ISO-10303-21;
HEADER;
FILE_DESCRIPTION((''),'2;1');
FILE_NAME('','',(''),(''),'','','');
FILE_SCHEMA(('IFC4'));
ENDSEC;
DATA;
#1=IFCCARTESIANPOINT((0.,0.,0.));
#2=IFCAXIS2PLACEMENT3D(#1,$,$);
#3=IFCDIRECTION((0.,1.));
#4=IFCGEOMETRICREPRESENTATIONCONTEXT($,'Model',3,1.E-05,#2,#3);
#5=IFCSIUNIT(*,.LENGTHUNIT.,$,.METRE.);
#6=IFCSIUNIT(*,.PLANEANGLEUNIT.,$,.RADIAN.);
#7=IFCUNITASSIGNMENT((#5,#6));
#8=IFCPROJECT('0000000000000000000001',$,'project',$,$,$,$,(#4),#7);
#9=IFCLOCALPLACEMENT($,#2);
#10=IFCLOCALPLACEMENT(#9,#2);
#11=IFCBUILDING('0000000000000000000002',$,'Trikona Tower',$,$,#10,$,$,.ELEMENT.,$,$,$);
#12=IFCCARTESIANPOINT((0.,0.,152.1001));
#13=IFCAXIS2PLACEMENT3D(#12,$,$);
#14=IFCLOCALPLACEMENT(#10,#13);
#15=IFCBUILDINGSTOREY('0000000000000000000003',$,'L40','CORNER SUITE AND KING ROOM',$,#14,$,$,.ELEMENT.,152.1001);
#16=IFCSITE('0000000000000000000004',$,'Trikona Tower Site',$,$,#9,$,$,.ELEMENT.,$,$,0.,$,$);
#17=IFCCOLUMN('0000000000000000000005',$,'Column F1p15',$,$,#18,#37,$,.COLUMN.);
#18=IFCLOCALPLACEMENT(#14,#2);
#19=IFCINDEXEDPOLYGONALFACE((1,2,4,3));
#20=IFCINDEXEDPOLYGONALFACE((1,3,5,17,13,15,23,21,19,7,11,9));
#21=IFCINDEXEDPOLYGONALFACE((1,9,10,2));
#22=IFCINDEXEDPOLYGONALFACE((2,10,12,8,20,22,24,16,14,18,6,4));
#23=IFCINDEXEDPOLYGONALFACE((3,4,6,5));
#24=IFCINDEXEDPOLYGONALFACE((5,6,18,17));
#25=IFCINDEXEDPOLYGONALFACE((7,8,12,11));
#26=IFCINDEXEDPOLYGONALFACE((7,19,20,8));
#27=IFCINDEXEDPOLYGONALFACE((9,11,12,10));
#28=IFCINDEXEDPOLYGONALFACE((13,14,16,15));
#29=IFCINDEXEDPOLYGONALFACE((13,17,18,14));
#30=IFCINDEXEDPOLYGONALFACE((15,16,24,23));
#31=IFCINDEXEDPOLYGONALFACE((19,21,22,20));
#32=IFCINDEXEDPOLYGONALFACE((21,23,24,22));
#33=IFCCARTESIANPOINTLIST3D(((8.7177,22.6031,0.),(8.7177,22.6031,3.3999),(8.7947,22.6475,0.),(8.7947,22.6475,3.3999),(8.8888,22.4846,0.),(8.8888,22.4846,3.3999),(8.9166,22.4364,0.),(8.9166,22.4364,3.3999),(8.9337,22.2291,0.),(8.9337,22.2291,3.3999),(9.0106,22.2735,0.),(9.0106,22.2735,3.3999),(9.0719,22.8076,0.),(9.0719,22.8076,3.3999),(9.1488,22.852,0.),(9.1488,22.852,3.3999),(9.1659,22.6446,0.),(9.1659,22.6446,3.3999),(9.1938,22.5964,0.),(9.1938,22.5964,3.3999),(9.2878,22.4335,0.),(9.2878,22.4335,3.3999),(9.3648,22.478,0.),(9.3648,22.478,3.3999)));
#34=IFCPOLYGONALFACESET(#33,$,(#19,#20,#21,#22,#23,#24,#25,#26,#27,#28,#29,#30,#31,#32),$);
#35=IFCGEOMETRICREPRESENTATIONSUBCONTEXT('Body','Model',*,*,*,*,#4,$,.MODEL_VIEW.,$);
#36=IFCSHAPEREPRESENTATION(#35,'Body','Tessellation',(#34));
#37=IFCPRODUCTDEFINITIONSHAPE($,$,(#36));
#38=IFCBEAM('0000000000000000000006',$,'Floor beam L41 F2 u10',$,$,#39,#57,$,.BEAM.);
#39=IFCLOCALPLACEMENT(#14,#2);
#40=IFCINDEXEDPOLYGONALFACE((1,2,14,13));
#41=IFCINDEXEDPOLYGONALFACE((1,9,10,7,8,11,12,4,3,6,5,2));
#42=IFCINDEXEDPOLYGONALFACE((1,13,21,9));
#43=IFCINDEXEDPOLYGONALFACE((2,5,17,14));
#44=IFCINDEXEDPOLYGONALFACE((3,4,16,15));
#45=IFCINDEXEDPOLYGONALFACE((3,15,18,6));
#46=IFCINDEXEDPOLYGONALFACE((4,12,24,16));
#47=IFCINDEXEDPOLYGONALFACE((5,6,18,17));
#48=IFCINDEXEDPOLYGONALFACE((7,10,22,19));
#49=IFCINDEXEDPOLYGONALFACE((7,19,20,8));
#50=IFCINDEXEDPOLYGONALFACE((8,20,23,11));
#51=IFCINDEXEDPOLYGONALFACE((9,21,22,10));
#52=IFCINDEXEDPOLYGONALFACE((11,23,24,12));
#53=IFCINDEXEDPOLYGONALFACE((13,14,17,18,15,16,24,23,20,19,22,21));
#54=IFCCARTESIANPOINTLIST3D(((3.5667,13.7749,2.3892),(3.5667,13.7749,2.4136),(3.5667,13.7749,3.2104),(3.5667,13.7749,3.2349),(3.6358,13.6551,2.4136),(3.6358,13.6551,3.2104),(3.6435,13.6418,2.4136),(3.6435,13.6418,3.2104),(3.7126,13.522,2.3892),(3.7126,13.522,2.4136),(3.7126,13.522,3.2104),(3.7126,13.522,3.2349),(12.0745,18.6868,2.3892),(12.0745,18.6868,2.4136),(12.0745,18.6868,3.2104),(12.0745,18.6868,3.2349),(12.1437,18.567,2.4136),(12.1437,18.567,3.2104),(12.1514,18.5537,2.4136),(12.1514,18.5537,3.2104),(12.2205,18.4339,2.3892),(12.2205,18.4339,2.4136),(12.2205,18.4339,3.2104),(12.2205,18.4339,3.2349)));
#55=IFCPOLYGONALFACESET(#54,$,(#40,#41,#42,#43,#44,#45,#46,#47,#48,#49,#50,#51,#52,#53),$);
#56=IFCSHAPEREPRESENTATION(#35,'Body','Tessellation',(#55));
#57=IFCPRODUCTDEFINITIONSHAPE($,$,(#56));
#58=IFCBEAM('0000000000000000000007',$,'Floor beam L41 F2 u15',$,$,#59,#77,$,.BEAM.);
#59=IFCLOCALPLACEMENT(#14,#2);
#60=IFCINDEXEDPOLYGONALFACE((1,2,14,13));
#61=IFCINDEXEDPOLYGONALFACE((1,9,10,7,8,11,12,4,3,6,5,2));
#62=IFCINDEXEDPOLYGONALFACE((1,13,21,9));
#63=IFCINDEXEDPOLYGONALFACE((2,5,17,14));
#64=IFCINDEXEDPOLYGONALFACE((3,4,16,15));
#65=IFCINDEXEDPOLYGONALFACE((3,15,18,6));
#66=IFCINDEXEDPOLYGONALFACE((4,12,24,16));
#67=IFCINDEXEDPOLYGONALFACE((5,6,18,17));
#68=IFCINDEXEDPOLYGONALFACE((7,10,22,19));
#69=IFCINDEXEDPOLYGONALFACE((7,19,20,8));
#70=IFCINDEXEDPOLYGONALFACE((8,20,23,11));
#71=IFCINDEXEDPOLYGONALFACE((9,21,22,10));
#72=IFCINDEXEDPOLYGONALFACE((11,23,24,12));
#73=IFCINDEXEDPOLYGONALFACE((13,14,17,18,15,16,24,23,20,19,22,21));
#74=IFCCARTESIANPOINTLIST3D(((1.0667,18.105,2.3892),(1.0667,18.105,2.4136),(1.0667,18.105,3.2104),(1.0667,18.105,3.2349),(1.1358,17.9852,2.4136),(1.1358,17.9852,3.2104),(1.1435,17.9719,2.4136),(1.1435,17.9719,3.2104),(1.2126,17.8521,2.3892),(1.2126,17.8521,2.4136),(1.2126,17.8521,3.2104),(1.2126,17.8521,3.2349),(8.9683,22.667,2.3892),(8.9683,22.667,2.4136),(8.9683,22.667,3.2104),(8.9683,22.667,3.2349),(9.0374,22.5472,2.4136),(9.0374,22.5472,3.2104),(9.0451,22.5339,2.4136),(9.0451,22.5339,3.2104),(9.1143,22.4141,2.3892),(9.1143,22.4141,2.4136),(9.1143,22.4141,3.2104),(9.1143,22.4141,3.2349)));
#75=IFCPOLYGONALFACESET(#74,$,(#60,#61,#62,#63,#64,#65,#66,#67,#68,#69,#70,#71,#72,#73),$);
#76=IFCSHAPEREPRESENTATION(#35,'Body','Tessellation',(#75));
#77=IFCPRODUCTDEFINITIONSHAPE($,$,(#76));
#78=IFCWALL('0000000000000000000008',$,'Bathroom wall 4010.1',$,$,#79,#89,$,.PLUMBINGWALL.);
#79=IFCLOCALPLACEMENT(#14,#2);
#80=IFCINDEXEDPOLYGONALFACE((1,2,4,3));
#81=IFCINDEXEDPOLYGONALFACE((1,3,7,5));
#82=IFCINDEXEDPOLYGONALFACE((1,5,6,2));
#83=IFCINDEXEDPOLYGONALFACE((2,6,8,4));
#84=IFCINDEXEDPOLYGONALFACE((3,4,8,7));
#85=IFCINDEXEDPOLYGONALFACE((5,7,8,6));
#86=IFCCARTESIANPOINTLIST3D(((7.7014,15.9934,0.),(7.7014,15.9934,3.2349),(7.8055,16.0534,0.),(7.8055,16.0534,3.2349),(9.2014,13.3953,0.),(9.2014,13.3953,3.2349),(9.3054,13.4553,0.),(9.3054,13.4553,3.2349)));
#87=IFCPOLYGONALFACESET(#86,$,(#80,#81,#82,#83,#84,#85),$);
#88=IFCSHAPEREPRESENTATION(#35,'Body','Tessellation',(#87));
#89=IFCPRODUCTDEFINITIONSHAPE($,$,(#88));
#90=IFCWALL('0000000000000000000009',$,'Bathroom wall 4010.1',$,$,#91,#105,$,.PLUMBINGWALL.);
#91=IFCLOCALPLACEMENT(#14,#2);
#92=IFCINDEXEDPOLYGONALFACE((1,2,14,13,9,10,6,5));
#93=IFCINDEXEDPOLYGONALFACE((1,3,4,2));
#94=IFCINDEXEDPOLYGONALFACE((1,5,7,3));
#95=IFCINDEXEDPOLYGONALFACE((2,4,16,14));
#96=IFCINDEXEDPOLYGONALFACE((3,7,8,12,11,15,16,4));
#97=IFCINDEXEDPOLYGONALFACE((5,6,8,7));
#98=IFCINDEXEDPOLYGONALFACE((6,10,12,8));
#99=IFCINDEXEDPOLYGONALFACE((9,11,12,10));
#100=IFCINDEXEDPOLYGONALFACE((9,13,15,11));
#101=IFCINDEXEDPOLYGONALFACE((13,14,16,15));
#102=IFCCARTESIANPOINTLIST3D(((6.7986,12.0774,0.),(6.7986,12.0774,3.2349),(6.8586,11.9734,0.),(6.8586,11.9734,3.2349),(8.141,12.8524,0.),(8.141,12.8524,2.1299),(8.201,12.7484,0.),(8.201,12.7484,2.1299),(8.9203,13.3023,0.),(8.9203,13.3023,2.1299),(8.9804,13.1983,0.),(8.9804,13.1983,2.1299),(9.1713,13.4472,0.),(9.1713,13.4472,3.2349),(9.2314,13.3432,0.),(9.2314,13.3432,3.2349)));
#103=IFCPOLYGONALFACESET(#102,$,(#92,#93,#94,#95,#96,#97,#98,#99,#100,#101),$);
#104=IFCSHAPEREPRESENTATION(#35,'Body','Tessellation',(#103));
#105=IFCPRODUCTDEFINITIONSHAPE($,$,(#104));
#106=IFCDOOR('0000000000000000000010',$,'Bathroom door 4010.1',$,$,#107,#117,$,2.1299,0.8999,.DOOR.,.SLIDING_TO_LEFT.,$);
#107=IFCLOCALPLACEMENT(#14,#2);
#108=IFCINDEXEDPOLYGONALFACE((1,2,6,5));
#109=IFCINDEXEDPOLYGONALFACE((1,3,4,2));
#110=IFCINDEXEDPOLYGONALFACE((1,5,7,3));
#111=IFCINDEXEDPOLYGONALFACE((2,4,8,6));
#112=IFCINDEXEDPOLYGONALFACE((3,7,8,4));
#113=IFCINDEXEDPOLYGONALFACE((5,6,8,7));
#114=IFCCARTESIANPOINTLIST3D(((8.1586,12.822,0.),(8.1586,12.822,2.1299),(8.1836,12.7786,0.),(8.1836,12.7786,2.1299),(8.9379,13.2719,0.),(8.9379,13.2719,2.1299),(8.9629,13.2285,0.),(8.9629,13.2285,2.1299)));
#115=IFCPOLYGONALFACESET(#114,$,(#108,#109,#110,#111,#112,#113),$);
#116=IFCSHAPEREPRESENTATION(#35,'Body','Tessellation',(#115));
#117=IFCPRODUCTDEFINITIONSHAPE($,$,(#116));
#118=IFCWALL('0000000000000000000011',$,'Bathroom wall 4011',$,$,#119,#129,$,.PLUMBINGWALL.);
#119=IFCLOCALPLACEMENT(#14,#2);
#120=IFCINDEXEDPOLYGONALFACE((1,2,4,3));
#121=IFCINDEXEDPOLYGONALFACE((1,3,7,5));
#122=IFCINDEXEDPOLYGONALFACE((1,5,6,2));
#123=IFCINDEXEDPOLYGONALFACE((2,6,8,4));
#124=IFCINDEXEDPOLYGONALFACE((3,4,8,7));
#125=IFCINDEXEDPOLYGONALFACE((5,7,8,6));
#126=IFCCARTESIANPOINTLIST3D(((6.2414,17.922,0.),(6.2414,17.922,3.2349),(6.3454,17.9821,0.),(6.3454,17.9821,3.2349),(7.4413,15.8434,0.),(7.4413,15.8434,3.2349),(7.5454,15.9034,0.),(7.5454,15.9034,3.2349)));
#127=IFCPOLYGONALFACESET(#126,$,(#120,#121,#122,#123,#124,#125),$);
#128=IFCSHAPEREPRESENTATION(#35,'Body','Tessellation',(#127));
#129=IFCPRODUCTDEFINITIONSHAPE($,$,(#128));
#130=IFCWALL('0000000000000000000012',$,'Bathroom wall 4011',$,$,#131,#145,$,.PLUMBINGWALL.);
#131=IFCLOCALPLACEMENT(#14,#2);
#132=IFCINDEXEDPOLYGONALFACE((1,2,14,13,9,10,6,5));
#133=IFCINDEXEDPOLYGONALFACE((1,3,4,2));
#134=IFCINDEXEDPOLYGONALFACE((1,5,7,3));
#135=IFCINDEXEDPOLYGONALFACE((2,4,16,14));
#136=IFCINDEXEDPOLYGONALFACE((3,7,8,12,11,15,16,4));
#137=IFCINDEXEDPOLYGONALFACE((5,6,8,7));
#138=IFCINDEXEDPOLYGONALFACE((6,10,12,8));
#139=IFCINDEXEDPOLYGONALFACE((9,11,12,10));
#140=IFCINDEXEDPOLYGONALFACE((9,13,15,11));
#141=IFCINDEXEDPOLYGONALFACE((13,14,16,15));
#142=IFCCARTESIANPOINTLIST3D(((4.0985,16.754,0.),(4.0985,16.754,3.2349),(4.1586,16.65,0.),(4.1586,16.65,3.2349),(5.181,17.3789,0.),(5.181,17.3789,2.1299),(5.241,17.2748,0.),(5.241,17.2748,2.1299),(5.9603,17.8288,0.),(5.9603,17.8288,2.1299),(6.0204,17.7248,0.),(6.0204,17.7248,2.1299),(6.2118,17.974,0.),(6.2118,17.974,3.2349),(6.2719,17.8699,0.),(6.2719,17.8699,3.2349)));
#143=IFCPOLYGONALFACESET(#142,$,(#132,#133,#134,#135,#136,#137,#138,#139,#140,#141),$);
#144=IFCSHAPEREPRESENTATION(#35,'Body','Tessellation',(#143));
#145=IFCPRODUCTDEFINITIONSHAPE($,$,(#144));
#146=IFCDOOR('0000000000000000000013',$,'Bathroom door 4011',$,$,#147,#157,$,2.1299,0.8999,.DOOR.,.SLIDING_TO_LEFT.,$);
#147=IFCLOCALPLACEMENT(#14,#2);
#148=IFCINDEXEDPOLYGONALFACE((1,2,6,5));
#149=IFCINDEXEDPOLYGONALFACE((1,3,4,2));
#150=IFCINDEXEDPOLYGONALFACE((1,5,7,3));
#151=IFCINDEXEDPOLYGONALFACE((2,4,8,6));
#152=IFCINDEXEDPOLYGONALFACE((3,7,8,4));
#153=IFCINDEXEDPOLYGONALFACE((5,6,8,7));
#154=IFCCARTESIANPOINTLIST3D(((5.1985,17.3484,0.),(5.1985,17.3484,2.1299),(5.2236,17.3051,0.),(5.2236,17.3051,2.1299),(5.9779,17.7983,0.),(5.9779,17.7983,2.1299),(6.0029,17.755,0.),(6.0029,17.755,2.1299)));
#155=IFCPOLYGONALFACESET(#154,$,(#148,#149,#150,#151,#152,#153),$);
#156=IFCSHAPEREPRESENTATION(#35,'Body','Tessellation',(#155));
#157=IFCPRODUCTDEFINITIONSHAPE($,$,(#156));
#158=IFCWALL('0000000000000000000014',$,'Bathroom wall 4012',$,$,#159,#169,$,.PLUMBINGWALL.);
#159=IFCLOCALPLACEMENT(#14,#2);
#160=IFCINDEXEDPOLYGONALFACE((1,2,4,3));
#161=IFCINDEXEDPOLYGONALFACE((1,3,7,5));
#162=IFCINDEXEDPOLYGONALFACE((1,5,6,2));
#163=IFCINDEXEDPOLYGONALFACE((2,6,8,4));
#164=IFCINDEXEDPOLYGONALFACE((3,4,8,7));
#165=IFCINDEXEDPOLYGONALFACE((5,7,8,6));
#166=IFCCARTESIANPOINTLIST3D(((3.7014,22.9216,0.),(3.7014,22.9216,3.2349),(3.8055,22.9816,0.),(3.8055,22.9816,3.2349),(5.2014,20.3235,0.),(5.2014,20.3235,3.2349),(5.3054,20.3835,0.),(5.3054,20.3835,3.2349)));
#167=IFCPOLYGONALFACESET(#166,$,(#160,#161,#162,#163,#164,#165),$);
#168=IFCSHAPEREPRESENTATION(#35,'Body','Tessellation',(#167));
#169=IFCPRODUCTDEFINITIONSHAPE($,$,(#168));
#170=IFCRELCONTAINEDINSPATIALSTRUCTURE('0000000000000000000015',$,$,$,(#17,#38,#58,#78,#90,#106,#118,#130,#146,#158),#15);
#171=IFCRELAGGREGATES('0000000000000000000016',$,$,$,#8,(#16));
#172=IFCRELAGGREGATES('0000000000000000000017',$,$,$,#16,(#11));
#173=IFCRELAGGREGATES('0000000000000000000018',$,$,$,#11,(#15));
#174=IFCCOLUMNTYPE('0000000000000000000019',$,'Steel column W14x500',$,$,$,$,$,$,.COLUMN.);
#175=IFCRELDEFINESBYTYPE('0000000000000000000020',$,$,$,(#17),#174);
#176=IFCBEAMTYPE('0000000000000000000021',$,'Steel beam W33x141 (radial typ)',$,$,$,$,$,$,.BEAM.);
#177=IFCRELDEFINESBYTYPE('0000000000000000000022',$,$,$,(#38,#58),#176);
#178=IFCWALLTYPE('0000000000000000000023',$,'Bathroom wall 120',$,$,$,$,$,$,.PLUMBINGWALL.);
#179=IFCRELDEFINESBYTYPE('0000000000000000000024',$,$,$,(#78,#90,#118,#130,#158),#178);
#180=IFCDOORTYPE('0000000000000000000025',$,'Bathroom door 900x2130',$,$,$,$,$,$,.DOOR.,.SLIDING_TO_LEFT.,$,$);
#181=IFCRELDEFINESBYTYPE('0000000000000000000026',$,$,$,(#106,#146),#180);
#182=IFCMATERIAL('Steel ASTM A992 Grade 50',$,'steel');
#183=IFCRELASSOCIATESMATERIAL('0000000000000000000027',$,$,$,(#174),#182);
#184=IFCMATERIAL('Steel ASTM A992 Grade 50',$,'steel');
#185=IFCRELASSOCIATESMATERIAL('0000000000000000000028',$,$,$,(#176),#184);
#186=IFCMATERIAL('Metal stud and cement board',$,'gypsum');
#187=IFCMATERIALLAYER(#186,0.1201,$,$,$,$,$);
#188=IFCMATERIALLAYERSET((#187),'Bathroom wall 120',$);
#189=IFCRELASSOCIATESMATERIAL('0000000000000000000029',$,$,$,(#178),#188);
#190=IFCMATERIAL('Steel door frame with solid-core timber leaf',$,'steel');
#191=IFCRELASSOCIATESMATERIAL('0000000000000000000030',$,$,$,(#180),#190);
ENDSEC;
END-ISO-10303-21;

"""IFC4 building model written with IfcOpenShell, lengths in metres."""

from ifc_helpers import new_model, si_unit, direction, frame, frame_2d, origin, origin_2d, place, context, subcontext, project, spatial, rectangle, i_section, extrude, material, layer, layer_set, material_profile, profile_set, type_object, element, fill, save


model = new_model("IFC4")

# Units and contexts
model_context = context("Model", 3, precision=1e-05, world=origin(), true_north=direction((0.0, 1.0)))
body_context = subcontext(model_context, "Body", "Model", "MODEL_VIEW")
ifc_project = project(units=[si_unit("LENGTHUNIT", "METRE"), si_unit("PLANEANGLEUNIT", "RADIAN")], contexts=[model_context])

# Site, building, storey
site_placement = place(None, origin())
site = spatial("IfcSite", under=ifc_project, at=site_placement, Name="Trikona Tower Site", CompositionType="ELEMENT", RefElevation=0.0)
building_placement = place(site_placement, origin())
building = spatial("IfcBuilding", under=site, at=building_placement, Name="Trikona Tower", CompositionType="ELEMENT")
storey_placement = place(building_placement, frame((0.0, 0.0, 152.1001)))
storey = spatial("IfcBuildingStorey", under=building, at=storey_placement, Name="L40", Description="CORNER SUITE AND KING ROOM", CompositionType="ELEMENT", Elevation=152.1001)

# Column
ifc_material_1 = material(Name="Steel ASTM A992 Grade 50", Category="steel")
ifc_material_profile_1 = material_profile(ifc_material_1, i_section(OverallWidth=0.4319, OverallDepth=0.4978, WebThickness=0.0557, FlangeThickness=0.0889, at=origin_2d()), Name="W14X500")
ifc_profile_set_1 = profile_set([ifc_material_profile_1], Name="Steel ASTM A992 Grade 50")
column_type = type_object("IfcColumnType", Name="Steel column W14x500", PredefinedType="COLUMN", material=ifc_profile_set_1)
column_placement = place(storey_placement, frame((9.0413, 22.5405, 0.0), z_axis=(0.0, 0.0, 1.0), x_axis=(-0.5, 0.866025, 0.0)))
element("IfcColumn", 1, at=column_placement, inside=storey, type_object=column_type, Name="Column F1p15", PredefinedType="COLUMN", context=body_context, shape_type="SweptSolid", body=[
    extrude(i_section(OverallWidth=0.4319, OverallDepth=0.4978, WebThickness=0.0557, FlangeThickness=0.0889, at=origin_2d()), origin(), (0.0, 0.0, 1.0), 3.3999),
])

# Beams
ifc_material_2 = material(Name="Steel ASTM A992 Grade 50", Category="steel")
ifc_material_profile_2 = material_profile(ifc_material_2, i_section(OverallWidth=0.292, OverallDepth=0.8457, WebThickness=0.0154, FlangeThickness=0.0244, at=origin_2d()), Name="W33X141")
ifc_profile_set_2 = profile_set([ifc_material_profile_2], Name="Steel ASTM A992 Grade 50")
beam_type = type_object("IfcBeamType", Name="Steel beam W33x141 (radial typ)", PredefinedType="BEAM", material=ifc_profile_set_2)
beam_1_placement = place(storey_placement, frame((3.6396, 13.6484, 2.812), z_axis=(0.866031, 0.499991, 0.0), x_axis=(-0.499991, 0.866031, 0.0)))
element("IfcBeam", 2, at=beam_1_placement, inside=storey, type_object=beam_type, Name="Floor beam L41 F2 u10", PredefinedType="BEAM", context=body_context, shape_type="SweptSolid", body=[
    extrude(i_section(OverallWidth=0.292, OverallDepth=0.8457, WebThickness=0.0154, FlangeThickness=0.0244, at=origin_2d()), origin(), (0.0, 0.0, 1.0), 9.824),
])
beam_2_placement = place(storey_placement, frame((1.1396, 17.9785, 2.812), z_axis=(0.866025, 0.500001, 0.0), x_axis=(-0.500001, 0.866025, 0.0)))
element("IfcBeam", 3, at=beam_2_placement, inside=storey, type_object=beam_type, Name="Floor beam L41 F2 u15", PredefinedType="BEAM", context=body_context, shape_type="SweptSolid", body=[
    extrude(i_section(OverallWidth=0.292, OverallDepth=0.8457, WebThickness=0.0154, FlangeThickness=0.0244, at=origin_2d()), origin(), (0.0, 0.0, 1.0), 9.124),
])

# Wall
ifc_material_3 = material(Name="Metal stud and cement board", Category="gypsum")
ifc_layer_1 = layer(ifc_material_3, 0.1201)
ifc_layer_set_1 = layer_set([ifc_layer_1], Name="Bathroom wall 120")
wall_type_1 = type_object("IfcWallType", Name="Bathroom wall 120", PredefinedType="PLUMBINGWALL", material=ifc_layer_set_1)
wall_1_placement = place(storey_placement, frame((9.2534, 13.4253, 0.0), z_axis=(0.0, 0.0, 1.0), x_axis=(-0.49999, 0.866031, 0.0)))
element("IfcWall", 4, at=wall_1_placement, inside=storey, type_object=wall_type_1, Name="Bathroom wall 4010.1", PredefinedType="PLUMBINGWALL", context=body_context, shape_type="SweptSolid", body=[
    extrude(rectangle(XDim=3.0, YDim=0.1201, at=frame_2d((1.5, 0.0))), origin(), (0.0, 0.0, 1.0), 3.2349),
])

# Wall, opening, door
wall_2_placement = place(storey_placement, frame((6.8286, 12.0254, 0.0), z_axis=(0.0, 0.0, 1.0), x_axis=(0.866036, 0.499982, 0.0)))
wall_2 = element("IfcWall", 5, at=wall_2_placement, inside=storey, type_object=wall_type_1, Name="Bathroom wall 4010.1", PredefinedType="PLUMBINGWALL", context=body_context, shape_type="SweptSolid", body=[
    extrude(rectangle(XDim=2.7397, YDim=0.1201, at=frame_2d((1.3699, 0.0))), origin(), (0.0, 0.0, 1.0), 3.2349),
])
opening_1_placement = place(wall_2_placement, frame((1.55, 0.0, 0.0)))
opening_1 = element("IfcOpeningElement", 6, at=opening_1_placement, cuts=wall_2, PredefinedType="OPENING", context=body_context, shape_type="SweptSolid", body=[
    extrude(rectangle(XDim=0.8999, YDim=2.1299, at=frame_2d((0.45, 1.0649))), frame((0.0, 0.0701, 0.0), z_axis=(0.0, -1.0, 0.0), x_axis=(1.0, 0.0, 0.0)), (0.0, 0.0, 1.0), 0.1401),
])
ifc_material_4 = material(Name="Steel door frame with solid-core timber leaf", Category="steel")
door_type_1 = type_object("IfcDoorType", Name="Bathroom door 900x2130", OperationType="SLIDING_TO_LEFT", PredefinedType="DOOR", material=ifc_material_4)
door_1_placement = place(opening_1_placement, origin())
door_1 = element("IfcDoor", 7, at=door_1_placement, inside=storey, type_object=door_type_1, Name="Bathroom door 4010.1", OperationType="SLIDING_TO_LEFT", OverallHeight=2.1299, OverallWidth=0.8999, PredefinedType="DOOR", context=body_context, shape_type="SweptSolid", body=[
    extrude(rectangle(XDim=0.8999, YDim=2.1299, at=frame_2d((0.45, 1.0649))), frame((0.0, 0.0249, 0.0), z_axis=(0.0, -1.0, 0.0), x_axis=(1.0, 0.0, 0.0)), (0.0, 0.0, 1.0), 0.05),
])
fill(opening_1, door_1)

# Wall
wall_3_placement = place(storey_placement, frame((7.4934, 15.8733, 0.0), z_axis=(0.0, 0.0, 1.0), x_axis=(-0.499957, 0.86605, 0.0)))
element("IfcWall", 8, at=wall_3_placement, inside=storey, type_object=wall_type_1, Name="Bathroom wall 4011", PredefinedType="PLUMBINGWALL", context=body_context, shape_type="SweptSolid", body=[
    extrude(rectangle(XDim=2.4001, YDim=0.1201, at=frame_2d((1.2002, 0.0))), origin(), (0.0, 0.0, 1.0), 3.2349),
])

# Wall, opening, door
wall_4_placement = place(storey_placement, frame((4.1284, 16.7019, 0.0), z_axis=(0.0, 0.0, 1.0), x_axis=(0.866049, 0.499959, 0.0)))
wall_4 = element("IfcWall", 9, at=wall_4_placement, inside=storey, type_object=wall_type_1, Name="Bathroom wall 4011", PredefinedType="PLUMBINGWALL", context=body_context, shape_type="SweptSolid", body=[
    extrude(rectangle(XDim=2.4402, YDim=0.1201, at=frame_2d((1.2202, 0.0))), origin(), (0.0, 0.0, 1.0), 3.2349),
])
opening_2_placement = place(wall_4_placement, frame((1.25, 0.0, 0.0)))
opening_2 = element("IfcOpeningElement", 10, at=opening_2_placement, cuts=wall_4, PredefinedType="OPENING", context=body_context, shape_type="SweptSolid", body=[
    extrude(rectangle(XDim=0.8999, YDim=2.1299, at=frame_2d((0.45, 1.0649))), frame((0.0, 0.0701, 0.0), z_axis=(0.0, -1.0, 0.0), x_axis=(1.0, 0.0, 0.0)), (0.0, 0.0, 1.0), 0.1401),
])
door_2_placement = place(opening_2_placement, origin())
door_2 = element("IfcDoor", 11, at=door_2_placement, inside=storey, type_object=door_type_1, Name="Bathroom door 4011", OperationType="SLIDING_TO_LEFT", OverallHeight=2.1299, OverallWidth=0.8999, PredefinedType="DOOR", context=body_context, shape_type="SweptSolid", body=[
    extrude(rectangle(XDim=0.8999, YDim=2.1299, at=frame_2d((0.45, 1.0649))), frame((0.0, 0.0249, 0.0), z_axis=(0.0, -1.0, 0.0), x_axis=(1.0, 0.0, 0.0)), (0.0, 0.0, 1.0), 0.05),
])
fill(opening_2, door_2)

# Wall
wall_5_placement = place(storey_placement, frame((5.2534, 20.3535, 0.0), z_axis=(0.0, 0.0, 1.0), x_axis=(-0.49999, 0.866031, 0.0)))
element("IfcWall", 12, at=wall_5_placement, inside=storey, type_object=wall_type_1, Name="Bathroom wall 4012", PredefinedType="PLUMBINGWALL", context=body_context, shape_type="SweptSolid", body=[
    extrude(rectangle(XDim=3.0, YDim=0.1201, at=frame_2d((1.5, 0.0))), origin(), (0.0, 0.0, 1.0), 3.2349),
])

save(model, "model.ifc")
